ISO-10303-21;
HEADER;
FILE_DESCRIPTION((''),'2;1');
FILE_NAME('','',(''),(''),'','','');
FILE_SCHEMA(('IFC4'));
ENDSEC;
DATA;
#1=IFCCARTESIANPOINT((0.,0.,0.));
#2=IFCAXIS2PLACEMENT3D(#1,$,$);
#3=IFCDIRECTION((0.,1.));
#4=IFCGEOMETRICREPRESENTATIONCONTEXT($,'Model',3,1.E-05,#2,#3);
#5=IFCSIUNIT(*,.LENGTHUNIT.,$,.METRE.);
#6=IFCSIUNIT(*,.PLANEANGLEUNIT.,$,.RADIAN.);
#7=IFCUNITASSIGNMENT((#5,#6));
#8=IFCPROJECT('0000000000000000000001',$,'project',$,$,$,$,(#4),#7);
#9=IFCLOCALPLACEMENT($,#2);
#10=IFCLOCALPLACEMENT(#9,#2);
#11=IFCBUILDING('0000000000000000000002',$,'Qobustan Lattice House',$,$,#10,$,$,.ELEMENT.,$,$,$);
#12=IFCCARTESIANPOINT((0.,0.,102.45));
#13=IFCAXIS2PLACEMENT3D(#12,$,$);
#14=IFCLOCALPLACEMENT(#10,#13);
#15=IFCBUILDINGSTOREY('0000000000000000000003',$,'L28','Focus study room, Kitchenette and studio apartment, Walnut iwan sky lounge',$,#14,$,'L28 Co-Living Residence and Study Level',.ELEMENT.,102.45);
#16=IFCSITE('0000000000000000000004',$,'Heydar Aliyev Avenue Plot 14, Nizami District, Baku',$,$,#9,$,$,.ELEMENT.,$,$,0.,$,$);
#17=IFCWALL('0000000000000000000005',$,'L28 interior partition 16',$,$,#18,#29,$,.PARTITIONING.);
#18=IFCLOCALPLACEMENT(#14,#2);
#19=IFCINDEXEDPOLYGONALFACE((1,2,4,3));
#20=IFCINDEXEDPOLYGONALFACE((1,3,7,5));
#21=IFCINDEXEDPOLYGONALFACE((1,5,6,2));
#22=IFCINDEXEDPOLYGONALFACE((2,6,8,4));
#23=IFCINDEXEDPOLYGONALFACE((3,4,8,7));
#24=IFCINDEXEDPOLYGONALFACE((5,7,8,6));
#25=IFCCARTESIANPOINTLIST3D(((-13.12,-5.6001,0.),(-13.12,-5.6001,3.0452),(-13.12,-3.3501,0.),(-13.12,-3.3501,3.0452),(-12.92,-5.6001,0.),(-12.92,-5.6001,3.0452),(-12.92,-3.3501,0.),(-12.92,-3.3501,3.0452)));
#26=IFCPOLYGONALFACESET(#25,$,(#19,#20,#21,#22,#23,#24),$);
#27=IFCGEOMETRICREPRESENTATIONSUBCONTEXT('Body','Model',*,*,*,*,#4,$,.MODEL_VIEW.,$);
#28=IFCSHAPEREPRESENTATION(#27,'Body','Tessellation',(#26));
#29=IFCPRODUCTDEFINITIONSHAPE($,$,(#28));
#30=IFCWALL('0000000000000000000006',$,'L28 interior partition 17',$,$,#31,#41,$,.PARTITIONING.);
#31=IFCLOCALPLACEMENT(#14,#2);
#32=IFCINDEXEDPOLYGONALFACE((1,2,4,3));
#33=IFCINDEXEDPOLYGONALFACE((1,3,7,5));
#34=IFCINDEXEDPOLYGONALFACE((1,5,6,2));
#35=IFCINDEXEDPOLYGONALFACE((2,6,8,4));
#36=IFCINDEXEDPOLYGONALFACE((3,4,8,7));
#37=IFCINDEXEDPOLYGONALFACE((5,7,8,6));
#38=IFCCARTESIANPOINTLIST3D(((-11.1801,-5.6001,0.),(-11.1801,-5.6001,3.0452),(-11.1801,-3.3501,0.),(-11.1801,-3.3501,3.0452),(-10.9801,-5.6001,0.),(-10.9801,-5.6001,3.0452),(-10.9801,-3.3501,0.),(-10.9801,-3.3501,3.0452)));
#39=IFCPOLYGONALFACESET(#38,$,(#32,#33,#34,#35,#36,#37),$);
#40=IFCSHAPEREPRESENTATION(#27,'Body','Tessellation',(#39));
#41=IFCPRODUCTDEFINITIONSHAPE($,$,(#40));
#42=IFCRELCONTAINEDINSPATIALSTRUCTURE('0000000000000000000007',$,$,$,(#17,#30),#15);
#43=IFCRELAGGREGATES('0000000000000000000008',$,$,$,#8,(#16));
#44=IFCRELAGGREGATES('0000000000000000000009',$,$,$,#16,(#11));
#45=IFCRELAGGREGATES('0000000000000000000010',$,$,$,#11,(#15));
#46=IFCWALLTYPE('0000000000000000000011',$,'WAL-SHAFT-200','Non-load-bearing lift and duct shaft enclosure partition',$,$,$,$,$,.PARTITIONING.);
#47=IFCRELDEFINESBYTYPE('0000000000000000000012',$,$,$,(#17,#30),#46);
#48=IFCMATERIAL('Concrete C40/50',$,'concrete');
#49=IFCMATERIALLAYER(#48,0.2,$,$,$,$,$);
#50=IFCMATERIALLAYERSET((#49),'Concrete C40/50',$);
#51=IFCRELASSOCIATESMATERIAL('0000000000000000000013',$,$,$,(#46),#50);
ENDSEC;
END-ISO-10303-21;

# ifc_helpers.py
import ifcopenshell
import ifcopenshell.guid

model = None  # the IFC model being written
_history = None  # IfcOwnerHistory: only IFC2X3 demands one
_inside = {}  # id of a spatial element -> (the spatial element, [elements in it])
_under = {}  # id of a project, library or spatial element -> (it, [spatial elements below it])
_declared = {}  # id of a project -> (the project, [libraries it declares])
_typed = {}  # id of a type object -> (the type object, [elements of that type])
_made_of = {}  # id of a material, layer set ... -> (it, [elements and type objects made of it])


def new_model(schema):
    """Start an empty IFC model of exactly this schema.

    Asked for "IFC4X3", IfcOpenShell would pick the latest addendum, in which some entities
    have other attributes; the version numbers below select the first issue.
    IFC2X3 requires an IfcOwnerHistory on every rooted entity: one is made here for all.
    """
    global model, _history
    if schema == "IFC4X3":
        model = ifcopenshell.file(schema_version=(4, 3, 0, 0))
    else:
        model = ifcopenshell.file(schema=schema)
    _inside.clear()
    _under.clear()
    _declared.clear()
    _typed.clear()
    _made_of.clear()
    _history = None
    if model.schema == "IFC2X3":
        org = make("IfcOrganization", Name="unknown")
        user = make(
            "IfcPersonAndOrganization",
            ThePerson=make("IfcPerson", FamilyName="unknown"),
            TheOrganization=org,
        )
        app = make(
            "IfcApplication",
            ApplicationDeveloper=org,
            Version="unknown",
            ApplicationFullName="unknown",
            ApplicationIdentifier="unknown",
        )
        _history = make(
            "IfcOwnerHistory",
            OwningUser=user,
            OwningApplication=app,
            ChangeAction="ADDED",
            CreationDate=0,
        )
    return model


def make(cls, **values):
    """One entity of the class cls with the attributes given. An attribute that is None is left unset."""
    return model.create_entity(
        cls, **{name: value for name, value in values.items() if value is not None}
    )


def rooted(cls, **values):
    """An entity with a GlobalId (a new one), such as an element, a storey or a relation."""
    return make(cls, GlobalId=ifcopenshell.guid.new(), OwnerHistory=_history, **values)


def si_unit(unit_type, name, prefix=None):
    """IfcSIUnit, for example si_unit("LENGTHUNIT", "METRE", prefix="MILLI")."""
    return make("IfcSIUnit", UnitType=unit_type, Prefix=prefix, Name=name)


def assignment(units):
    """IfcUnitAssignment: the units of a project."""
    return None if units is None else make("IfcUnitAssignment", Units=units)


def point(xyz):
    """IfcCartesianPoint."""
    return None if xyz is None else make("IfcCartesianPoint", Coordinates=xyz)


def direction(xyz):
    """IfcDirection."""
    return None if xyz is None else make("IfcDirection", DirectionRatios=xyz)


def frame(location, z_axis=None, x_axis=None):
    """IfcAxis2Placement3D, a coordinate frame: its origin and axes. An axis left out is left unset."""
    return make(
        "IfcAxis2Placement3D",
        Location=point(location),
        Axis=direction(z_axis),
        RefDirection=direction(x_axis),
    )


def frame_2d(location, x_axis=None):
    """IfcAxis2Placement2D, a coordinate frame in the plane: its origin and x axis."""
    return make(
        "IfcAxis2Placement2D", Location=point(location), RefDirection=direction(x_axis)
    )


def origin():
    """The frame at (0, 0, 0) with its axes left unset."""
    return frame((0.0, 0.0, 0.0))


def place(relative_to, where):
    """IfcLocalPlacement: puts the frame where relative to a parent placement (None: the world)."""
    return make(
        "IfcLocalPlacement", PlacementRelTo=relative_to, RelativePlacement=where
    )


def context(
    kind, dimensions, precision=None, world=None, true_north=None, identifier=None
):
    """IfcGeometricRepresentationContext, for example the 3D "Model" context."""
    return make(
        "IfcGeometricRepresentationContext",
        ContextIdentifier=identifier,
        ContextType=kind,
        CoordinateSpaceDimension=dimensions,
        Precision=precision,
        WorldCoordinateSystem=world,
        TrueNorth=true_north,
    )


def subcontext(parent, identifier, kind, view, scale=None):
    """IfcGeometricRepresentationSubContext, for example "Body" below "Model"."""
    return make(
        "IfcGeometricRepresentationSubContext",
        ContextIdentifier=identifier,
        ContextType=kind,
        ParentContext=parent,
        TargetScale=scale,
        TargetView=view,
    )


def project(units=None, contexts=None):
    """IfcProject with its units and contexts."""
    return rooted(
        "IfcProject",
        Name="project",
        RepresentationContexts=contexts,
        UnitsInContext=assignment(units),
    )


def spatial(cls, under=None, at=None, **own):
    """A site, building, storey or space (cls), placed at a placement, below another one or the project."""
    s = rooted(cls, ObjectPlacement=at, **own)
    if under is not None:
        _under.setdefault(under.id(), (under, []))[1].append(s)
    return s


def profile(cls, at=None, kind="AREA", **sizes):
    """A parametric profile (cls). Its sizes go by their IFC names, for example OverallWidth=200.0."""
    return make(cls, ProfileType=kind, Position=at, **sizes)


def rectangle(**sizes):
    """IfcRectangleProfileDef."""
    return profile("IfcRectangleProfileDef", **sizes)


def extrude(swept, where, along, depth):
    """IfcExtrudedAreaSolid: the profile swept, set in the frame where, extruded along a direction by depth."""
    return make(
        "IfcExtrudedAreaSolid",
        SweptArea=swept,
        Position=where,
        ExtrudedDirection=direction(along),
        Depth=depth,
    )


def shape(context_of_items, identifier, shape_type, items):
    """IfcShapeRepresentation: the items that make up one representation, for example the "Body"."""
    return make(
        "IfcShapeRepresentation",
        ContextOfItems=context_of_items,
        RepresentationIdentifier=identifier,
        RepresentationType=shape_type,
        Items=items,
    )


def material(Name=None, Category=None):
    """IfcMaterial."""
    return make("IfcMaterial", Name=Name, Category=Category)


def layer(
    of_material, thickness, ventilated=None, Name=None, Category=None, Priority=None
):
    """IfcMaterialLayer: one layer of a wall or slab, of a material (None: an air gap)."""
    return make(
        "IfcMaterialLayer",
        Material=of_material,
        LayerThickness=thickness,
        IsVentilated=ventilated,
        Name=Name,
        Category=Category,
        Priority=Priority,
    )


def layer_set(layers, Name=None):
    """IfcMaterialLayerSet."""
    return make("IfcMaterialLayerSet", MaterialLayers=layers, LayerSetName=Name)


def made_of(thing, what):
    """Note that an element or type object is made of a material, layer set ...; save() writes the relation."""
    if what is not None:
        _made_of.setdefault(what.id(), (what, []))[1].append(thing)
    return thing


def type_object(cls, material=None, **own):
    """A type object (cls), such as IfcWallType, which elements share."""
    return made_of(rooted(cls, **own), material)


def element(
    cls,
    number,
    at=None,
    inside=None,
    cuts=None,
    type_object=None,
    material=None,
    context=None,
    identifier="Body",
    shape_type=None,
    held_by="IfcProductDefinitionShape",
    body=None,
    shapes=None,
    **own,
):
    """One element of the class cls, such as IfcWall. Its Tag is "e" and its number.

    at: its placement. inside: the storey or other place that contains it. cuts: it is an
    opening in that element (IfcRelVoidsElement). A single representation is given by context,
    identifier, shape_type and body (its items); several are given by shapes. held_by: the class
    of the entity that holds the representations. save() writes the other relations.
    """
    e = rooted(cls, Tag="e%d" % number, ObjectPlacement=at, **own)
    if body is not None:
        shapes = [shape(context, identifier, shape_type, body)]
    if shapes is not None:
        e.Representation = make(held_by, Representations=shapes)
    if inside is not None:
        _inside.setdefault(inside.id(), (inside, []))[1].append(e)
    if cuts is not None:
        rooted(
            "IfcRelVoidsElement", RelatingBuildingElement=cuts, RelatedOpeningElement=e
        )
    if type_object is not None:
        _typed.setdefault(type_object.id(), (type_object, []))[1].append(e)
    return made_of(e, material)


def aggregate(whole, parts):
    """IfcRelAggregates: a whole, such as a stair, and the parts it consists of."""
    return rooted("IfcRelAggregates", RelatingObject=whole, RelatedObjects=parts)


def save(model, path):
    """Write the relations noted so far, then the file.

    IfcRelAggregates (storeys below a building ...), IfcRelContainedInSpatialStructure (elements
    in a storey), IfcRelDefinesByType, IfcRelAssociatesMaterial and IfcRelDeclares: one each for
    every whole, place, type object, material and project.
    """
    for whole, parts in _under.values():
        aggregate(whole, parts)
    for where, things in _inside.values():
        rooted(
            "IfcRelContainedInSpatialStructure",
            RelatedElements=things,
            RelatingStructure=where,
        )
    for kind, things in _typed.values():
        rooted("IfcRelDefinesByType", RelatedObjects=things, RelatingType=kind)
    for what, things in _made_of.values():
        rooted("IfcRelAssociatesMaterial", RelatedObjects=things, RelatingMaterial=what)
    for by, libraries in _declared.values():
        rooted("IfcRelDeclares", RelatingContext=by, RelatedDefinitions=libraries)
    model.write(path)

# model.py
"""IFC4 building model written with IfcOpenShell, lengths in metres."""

from ifc_helpers import new_model, si_unit, direction, frame, frame_2d, origin, place, context, subcontext, project, spatial, rectangle, extrude, material, layer, layer_set, type_object, element, save


model = new_model("IFC4")

# Units and contexts
model_context = context("Model", 3, precision=1e-05, world=origin(), true_north=direction((0.0, 1.0)))
body_context = subcontext(model_context, "Body", "Model", "MODEL_VIEW")
ifc_project = project(units=[si_unit("LENGTHUNIT", "METRE"), si_unit("PLANEANGLEUNIT", "RADIAN")], contexts=[model_context])

# Site, building, storey
site_placement = place(None, origin())
site = spatial("IfcSite", under=ifc_project, at=site_placement, Name="Heydar Aliyev Avenue Plot 14, Nizami District, Baku", CompositionType="ELEMENT", RefElevation=0.0)
building_placement = place(site_placement, origin())
building = spatial("IfcBuilding", under=site, at=building_placement, Name="Qobustan Lattice House", CompositionType="ELEMENT")
storey_placement = place(building_placement, frame((0.0, 0.0, 102.45)))
storey = spatial("IfcBuildingStorey", under=building, at=storey_placement, Name="L28", Description="Focus study room, Kitchenette and studio apartment, Walnut iwan sky lounge", LongName="L28 Co-Living Residence and Study Level", CompositionType="ELEMENT", Elevation=102.45)

# Walls
ifc_material_1 = material(Name="Concrete C40/50", Category="concrete")
ifc_layer_1 = layer(ifc_material_1, 0.2)
ifc_layer_set_1 = layer_set([ifc_layer_1], Name="Concrete C40/50")
wall_type_1 = type_object("IfcWallType", Name="WAL-SHAFT-200", Description="Non-load-bearing lift and duct shaft enclosure partition", PredefinedType="PARTITIONING", material=ifc_layer_set_1)
for number, where, z_axis, x_axis, name in (
    (1, (-13.02, -5.6001, 0.0), (0.0, 0.0, 1.0), (0.0, 1.0, 0.0), "L28 interior partition 16"),
    (2, (-11.0801, -5.6001, 0.0), (0.0, 0.0, 1.0), (0.0, 1.0, 0.0), "L28 interior partition 17"),
):
    element("IfcWall", number, at=place(storey_placement, frame(where, z_axis=z_axis, x_axis=x_axis)), inside=storey, type_object=wall_type_1, Name=name, PredefinedType="PARTITIONING", context=body_context, shape_type="SweptSolid", body=[
        extrude(rectangle(XDim=2.25, YDim=0.2, at=frame_2d((1.125, 0.0))), origin(), (0.0, 0.0, 1.0), 3.0452),
    ])

save(model, "model.ifc")
